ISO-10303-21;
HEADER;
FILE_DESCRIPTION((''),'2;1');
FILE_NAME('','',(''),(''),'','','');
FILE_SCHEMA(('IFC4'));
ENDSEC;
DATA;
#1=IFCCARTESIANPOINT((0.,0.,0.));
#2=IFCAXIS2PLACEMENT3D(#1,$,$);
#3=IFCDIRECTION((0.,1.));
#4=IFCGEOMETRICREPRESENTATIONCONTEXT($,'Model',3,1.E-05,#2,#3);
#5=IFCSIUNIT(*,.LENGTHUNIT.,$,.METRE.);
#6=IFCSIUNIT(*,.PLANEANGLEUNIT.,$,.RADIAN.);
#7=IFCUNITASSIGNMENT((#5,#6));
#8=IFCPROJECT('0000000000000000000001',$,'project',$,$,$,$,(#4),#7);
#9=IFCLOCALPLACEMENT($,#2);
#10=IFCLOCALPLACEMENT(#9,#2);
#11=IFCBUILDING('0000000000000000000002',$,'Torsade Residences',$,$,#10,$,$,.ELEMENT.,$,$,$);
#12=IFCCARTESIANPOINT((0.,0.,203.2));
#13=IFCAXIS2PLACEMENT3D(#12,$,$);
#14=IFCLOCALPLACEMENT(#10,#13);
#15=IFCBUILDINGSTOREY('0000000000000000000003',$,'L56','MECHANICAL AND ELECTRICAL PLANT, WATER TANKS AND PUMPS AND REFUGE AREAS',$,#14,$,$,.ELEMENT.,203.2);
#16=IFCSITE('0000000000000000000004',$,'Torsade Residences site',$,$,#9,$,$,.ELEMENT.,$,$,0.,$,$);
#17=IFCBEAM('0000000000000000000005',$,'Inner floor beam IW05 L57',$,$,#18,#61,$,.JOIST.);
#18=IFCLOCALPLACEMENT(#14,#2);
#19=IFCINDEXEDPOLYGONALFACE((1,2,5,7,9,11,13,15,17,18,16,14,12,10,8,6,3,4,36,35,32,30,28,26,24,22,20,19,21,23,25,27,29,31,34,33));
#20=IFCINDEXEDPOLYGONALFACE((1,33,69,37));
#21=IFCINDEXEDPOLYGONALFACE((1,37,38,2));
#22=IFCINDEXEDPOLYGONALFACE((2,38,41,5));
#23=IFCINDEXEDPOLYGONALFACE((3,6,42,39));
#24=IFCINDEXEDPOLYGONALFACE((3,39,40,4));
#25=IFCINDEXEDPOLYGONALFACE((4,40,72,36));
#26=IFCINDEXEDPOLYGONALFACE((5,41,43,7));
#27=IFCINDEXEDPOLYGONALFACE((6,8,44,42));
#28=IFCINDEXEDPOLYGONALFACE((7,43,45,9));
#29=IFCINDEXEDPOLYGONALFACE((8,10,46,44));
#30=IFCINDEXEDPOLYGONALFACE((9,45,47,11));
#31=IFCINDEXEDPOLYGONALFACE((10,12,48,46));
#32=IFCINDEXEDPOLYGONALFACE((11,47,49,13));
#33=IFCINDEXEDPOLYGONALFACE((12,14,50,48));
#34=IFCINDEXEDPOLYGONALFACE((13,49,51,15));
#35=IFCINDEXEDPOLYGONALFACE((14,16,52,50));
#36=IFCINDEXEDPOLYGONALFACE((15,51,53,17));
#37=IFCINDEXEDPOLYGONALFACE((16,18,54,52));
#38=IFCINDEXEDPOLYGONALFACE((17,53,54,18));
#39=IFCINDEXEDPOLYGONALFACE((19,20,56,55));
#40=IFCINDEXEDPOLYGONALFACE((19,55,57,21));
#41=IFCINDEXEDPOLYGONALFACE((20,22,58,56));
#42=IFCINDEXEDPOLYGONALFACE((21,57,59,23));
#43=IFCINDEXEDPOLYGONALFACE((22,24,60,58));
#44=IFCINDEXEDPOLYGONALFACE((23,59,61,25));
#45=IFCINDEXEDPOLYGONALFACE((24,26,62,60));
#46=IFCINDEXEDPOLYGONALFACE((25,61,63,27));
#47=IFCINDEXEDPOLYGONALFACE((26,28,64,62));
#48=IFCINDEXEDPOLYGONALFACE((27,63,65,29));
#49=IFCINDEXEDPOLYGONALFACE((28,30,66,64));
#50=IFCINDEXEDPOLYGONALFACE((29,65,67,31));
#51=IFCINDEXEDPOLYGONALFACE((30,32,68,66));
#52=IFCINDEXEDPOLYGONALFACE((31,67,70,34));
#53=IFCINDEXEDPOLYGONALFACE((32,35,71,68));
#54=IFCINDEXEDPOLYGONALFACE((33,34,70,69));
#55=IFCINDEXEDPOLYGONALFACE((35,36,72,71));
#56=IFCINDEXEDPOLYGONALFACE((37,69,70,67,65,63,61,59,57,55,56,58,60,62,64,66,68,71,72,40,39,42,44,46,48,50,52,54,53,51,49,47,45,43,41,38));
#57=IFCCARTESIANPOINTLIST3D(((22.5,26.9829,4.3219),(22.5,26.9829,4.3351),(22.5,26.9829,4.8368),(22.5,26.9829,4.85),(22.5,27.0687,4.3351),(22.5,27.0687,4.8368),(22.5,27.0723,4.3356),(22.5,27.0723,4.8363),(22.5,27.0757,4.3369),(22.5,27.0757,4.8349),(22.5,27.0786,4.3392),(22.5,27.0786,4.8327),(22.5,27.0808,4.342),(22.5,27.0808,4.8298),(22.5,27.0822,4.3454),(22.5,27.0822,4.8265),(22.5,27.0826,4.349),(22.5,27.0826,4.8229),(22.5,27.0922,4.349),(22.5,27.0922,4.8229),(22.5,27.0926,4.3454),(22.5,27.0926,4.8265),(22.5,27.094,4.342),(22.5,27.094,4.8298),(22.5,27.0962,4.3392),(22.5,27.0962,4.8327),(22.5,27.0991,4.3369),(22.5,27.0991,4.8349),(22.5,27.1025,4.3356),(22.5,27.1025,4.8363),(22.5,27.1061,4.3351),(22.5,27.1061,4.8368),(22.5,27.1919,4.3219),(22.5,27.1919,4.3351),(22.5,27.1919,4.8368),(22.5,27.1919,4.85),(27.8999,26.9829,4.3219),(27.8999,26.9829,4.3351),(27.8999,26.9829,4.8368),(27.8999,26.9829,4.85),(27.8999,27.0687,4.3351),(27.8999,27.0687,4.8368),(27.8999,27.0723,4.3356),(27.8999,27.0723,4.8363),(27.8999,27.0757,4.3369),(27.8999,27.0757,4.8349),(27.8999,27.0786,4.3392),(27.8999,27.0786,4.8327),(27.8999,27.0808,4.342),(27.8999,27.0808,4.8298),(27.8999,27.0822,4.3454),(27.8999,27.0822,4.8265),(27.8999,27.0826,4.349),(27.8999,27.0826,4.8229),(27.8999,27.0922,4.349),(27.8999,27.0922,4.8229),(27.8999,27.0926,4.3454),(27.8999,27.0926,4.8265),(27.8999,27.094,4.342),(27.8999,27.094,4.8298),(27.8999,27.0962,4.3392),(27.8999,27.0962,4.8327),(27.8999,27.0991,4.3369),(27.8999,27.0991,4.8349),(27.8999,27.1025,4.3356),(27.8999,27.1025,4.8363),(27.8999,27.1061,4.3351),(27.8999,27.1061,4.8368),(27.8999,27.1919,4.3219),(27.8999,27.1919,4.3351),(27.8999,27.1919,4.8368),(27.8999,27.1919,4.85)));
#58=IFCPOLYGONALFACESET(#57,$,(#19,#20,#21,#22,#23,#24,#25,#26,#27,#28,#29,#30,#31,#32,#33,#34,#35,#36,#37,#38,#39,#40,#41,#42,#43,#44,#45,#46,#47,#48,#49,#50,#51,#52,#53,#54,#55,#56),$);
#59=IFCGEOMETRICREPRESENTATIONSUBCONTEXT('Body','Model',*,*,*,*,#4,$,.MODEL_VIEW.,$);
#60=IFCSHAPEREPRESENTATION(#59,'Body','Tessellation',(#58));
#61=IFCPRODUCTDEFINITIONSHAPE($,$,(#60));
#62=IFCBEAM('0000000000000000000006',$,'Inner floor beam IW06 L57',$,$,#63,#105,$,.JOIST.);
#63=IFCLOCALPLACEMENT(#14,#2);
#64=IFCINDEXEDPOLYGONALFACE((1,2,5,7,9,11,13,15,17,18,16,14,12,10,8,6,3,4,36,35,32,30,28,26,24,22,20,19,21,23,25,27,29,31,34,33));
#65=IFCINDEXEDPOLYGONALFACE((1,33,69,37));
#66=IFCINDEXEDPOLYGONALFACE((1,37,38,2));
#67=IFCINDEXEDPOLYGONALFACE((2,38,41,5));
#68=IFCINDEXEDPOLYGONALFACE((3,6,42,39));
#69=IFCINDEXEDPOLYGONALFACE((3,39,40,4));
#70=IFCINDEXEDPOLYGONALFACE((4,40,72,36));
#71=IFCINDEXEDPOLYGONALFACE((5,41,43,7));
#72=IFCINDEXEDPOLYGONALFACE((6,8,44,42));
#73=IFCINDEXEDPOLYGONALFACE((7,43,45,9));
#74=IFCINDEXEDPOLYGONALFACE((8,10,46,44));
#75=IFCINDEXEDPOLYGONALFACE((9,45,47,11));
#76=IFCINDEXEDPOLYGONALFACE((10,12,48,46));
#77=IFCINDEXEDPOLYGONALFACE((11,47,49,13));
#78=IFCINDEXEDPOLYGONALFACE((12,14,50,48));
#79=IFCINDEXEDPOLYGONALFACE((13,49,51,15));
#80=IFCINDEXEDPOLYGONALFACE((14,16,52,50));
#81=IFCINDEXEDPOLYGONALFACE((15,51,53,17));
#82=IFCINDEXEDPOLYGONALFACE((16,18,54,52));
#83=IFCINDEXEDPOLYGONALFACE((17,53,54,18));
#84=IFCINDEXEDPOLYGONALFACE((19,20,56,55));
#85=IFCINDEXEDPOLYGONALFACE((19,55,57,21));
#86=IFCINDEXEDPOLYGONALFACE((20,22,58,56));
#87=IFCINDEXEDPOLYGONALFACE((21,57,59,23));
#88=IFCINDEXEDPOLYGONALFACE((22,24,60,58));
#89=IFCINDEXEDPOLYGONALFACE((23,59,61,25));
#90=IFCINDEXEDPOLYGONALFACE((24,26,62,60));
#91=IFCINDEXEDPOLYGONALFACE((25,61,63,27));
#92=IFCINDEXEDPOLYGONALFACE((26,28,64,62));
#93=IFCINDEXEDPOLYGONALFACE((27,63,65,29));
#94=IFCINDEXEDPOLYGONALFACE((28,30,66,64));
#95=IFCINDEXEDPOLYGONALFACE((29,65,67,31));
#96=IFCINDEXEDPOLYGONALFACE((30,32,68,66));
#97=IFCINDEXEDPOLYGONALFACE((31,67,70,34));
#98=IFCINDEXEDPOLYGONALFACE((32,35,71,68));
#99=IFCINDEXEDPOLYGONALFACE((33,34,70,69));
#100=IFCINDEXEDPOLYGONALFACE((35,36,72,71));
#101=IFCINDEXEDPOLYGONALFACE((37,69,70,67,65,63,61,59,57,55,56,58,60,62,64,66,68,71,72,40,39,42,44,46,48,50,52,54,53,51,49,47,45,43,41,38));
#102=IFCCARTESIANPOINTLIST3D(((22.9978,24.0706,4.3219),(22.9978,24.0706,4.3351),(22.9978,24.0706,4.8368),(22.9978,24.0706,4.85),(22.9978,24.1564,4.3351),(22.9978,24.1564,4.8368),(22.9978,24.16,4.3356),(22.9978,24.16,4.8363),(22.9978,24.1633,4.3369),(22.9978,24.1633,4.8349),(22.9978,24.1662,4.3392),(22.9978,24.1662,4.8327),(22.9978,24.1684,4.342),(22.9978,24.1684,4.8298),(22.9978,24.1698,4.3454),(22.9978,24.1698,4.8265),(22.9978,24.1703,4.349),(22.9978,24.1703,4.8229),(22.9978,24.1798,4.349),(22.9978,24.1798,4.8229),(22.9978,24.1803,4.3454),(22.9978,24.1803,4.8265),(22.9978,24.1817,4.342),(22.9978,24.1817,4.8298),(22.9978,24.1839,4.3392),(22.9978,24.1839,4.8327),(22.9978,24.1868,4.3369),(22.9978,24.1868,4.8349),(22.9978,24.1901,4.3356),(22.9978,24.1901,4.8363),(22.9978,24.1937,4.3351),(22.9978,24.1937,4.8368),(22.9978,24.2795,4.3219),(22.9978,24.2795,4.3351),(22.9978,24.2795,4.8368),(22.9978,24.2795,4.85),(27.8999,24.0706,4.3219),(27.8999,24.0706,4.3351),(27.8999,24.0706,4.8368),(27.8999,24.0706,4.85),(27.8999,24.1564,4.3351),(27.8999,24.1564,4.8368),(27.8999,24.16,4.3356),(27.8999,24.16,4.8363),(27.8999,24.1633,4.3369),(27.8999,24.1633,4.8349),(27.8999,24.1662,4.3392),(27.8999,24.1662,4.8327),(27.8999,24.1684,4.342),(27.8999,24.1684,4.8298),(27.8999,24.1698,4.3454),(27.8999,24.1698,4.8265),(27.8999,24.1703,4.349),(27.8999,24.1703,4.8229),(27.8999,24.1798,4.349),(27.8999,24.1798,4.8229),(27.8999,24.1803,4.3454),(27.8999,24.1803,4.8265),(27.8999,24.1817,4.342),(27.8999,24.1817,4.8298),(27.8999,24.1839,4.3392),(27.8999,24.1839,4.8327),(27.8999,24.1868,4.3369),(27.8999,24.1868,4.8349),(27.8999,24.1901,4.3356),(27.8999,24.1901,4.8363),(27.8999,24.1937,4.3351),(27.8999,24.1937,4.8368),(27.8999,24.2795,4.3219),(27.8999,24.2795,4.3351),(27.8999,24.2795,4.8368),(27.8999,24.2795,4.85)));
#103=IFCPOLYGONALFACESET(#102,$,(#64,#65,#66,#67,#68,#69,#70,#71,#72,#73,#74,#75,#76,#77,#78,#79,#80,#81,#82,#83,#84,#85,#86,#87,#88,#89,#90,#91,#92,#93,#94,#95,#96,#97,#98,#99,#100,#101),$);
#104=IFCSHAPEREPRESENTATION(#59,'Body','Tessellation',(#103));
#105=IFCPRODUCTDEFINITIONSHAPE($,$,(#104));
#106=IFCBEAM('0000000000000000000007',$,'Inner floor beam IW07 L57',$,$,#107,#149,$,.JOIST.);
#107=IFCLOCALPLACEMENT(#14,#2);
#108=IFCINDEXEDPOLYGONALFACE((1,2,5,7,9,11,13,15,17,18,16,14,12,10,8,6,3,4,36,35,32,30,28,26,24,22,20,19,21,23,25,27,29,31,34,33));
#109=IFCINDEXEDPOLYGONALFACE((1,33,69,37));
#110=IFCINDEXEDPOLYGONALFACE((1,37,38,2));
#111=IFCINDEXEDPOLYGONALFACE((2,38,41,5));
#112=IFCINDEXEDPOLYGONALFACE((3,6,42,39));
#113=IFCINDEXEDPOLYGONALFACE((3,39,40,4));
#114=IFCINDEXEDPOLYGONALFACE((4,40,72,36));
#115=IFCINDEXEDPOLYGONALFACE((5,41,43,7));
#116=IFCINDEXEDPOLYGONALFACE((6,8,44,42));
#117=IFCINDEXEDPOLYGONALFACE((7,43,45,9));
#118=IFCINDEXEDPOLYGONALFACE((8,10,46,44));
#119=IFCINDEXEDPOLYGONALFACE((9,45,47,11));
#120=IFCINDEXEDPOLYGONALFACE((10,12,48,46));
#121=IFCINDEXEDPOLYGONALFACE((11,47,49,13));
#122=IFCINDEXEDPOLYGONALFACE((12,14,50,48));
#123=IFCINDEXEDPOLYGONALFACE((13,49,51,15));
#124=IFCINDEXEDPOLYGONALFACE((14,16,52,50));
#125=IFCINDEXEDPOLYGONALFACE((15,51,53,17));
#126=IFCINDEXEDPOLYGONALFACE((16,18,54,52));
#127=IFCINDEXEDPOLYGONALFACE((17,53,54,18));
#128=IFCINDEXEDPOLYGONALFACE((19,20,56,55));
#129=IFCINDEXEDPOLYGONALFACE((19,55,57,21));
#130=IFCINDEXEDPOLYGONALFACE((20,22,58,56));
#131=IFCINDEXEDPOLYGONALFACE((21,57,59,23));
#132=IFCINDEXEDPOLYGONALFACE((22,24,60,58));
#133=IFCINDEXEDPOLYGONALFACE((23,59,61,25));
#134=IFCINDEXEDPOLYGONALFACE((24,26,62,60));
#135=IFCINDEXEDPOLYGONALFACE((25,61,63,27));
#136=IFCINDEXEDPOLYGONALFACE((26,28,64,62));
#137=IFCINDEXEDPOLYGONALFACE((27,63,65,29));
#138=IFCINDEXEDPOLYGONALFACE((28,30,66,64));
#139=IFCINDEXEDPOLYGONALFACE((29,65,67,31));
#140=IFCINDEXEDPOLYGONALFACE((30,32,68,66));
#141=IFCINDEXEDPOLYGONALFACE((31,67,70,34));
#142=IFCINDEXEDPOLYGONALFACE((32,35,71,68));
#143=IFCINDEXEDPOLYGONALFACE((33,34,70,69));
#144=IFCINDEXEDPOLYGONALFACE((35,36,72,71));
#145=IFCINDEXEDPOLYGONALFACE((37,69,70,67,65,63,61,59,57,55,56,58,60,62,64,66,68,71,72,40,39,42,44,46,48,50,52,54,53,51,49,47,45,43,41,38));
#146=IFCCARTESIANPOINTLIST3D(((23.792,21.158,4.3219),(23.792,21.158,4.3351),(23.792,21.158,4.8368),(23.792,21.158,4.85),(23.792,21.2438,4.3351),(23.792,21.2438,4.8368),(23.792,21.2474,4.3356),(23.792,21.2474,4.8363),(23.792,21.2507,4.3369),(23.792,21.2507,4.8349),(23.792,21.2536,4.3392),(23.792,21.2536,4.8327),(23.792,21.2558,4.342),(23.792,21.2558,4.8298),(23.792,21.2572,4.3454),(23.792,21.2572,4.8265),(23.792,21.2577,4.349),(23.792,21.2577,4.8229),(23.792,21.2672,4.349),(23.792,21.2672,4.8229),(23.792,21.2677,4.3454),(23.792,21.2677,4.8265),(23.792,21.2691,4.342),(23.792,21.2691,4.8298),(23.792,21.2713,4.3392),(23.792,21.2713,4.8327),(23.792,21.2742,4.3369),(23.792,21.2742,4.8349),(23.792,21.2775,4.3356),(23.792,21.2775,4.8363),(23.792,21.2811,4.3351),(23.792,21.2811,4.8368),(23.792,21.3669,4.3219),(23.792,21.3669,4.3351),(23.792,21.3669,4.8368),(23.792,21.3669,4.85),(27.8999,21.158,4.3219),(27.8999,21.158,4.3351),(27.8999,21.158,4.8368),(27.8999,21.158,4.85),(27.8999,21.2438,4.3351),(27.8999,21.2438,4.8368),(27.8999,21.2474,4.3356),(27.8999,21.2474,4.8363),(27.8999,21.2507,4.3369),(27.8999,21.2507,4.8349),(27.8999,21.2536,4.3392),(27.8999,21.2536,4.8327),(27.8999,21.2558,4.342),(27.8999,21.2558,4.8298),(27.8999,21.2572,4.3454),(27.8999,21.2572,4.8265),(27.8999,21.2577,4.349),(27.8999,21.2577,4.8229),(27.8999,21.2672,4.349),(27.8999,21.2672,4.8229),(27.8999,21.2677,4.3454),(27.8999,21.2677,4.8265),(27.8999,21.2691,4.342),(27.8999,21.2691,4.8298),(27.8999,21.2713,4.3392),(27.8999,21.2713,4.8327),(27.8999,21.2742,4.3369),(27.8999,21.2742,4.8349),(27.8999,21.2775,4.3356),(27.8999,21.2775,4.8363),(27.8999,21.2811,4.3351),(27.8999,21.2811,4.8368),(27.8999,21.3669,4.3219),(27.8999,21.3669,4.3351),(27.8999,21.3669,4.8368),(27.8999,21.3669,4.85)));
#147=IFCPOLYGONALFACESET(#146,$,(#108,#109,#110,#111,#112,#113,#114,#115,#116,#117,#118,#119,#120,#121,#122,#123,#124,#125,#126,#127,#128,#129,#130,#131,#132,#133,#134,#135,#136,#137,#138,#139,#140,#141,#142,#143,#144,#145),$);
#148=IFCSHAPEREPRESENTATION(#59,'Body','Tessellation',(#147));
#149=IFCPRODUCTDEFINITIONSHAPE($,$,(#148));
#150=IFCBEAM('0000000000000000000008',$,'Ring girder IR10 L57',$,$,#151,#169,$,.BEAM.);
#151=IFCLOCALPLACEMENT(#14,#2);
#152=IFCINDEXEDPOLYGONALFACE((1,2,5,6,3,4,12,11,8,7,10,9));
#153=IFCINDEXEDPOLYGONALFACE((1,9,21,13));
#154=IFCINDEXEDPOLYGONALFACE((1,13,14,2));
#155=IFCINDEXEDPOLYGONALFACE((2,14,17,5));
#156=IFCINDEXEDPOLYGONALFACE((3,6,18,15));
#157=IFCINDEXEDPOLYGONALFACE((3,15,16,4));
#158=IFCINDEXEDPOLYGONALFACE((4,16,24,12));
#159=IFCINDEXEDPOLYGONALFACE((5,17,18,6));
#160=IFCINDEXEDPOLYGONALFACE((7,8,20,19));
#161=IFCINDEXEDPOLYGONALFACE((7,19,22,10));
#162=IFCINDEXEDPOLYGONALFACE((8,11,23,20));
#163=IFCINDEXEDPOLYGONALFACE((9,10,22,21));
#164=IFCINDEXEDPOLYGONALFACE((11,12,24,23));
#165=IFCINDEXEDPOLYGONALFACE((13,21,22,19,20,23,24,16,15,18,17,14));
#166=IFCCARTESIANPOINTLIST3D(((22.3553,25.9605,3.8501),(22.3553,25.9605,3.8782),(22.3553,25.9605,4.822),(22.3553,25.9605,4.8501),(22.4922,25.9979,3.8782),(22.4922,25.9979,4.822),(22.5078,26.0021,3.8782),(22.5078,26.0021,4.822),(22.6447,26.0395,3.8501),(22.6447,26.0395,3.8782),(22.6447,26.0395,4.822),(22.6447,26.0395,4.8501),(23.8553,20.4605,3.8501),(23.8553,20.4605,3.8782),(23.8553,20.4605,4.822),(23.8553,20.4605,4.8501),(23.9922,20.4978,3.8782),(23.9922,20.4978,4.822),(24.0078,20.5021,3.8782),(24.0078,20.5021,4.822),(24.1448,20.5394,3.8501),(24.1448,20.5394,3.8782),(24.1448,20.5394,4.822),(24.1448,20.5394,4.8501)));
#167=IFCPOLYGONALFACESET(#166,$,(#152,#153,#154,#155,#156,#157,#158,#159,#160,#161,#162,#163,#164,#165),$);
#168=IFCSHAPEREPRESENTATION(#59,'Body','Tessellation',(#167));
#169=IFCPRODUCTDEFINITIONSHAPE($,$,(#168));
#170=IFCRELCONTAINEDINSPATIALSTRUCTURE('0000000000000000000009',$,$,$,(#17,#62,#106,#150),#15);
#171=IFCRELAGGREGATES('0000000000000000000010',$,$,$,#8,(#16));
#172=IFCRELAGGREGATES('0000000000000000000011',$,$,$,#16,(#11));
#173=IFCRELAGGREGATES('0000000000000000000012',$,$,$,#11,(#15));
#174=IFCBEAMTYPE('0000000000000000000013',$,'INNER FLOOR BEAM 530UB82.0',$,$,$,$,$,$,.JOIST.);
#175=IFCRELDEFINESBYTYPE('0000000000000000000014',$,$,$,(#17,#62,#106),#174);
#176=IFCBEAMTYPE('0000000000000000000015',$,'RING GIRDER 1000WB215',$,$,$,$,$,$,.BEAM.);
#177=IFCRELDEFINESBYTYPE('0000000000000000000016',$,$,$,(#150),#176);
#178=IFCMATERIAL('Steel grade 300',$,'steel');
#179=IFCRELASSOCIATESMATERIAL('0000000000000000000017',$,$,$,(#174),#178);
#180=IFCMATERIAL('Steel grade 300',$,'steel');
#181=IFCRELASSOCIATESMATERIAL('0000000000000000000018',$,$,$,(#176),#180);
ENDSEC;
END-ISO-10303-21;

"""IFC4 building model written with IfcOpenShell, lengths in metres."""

from ifc_helpers import new_model, si_unit, direction, frame, origin, origin_2d, place, context, subcontext, project, spatial, i_section, extrude, material, material_profile, profile_set, type_object, element, save


model = new_model("IFC4")

# Units and contexts
model_context = context("Model", 3, precision=1e-05, world=origin(), true_north=direction((0.0, 1.0)))
body_context = subcontext(model_context, "Body", "Model", "MODEL_VIEW")
ifc_project = project(units=[si_unit("LENGTHUNIT", "METRE"), si_unit("PLANEANGLEUNIT", "RADIAN")], contexts=[model_context])

# Site, building, storey
site_placement = place(None, origin())
site = spatial("IfcSite", under=ifc_project, at=site_placement, Name="Torsade Residences site", CompositionType="ELEMENT", RefElevation=0.0)
building_placement = place(site_placement, origin())
building = spatial("IfcBuilding", under=site, at=building_placement, Name="Torsade Residences", CompositionType="ELEMENT")
storey_placement = place(building_placement, frame((0.0, 0.0, 203.2)))
storey = spatial("IfcBuildingStorey", under=building, at=storey_placement, Name="L56", Description="MECHANICAL AND ELECTRICAL PLANT, WATER TANKS AND PUMPS AND REFUGE AREAS", CompositionType="ELEMENT", Elevation=203.2)

# Beams
ifc_material_1 = material(Name="Steel grade 300", Category="steel")
ifc_material_profile_1 = material_profile(ifc_material_1, i_section(OverallWidth=0.209, OverallDepth=0.5281, WebThickness=0.0095, FlangeThickness=0.0132, FilletRadius=0.0139, at=origin_2d()), Name="530UB82.0")
ifc_profile_set_1 = profile_set([ifc_material_profile_1], Name="Steel grade 300")
beam_type_1 = type_object("IfcBeamType", Name="INNER FLOOR BEAM 530UB82.0", PredefinedType="JOIST", material=ifc_profile_set_1)
for number, where, z_axis, x_axis, name in (
    (1, (27.8999, 27.0874, 4.5859), (-1.0, 0.0, 0.0), (0.0, -1.0, 0.0), "Inner floor beam IW05 L57"),
):
    element("IfcBeam", number, at=place(storey_placement, frame(where, z_axis=z_axis, x_axis=x_axis)), inside=storey, type_object=beam_type_1, Name=name, PredefinedType="JOIST", context=body_context, shape_type="SweptSolid", body=[
        extrude(i_section(OverallWidth=0.209, OverallDepth=0.5281, WebThickness=0.0095, FlangeThickness=0.0132, FilletRadius=0.0139, at=origin_2d()), origin(), (0.0, 0.0, 1.0), 5.3999),
    ])
beam_1_placement = place(storey_placement, frame((27.8999, 24.175, 4.5859), z_axis=(-1.0, 0.0, 0.0), x_axis=(0.0, -1.0, 0.0)))
element("IfcBeam", 2, at=beam_1_placement, inside=storey, type_object=beam_type_1, Name="Inner floor beam IW06 L57", PredefinedType="JOIST", context=body_context, shape_type="SweptSolid", body=[
    extrude(i_section(OverallWidth=0.209, OverallDepth=0.5281, WebThickness=0.0095, FlangeThickness=0.0132, FilletRadius=0.0139, at=origin_2d()), origin(), (0.0, 0.0, 1.0), 4.9021),
])
beam_2_placement = place(storey_placement, frame((27.8999, 21.2625, 4.5859), z_axis=(-1.0, 0.0, 0.0), x_axis=(0.0, -1.0, 0.0)))
element("IfcBeam", 3, at=beam_2_placement, inside=storey, type_object=beam_type_1, Name="Inner floor beam IW07 L57", PredefinedType="JOIST", context=body_context, shape_type="SweptSolid", body=[
    extrude(i_section(OverallWidth=0.209, OverallDepth=0.5281, WebThickness=0.0095, FlangeThickness=0.0132, FilletRadius=0.0139, at=origin_2d()), origin(), (0.0, 0.0, 1.0), 4.1079),
])
ifc_material_2 = material(Name="Steel grade 300", Category="steel")
ifc_material_profile_2 = material_profile(ifc_material_2, i_section(OverallWidth=0.3, OverallDepth=1.0, WebThickness=0.0161, FlangeThickness=0.0281, at=origin_2d()), Name="1000WB215")
ifc_profile_set_2 = profile_set([ifc_material_profile_2], Name="Steel grade 300")
beam_type_2 = type_object("IfcBeamType", Name="RING GIRDER 1000WB215", PredefinedType="BEAM", material=ifc_profile_set_2)
beam_3_placement = place(storey_placement, frame((22.5, 26.0, 4.3501), z_axis=(0.263117, -0.964764, 0.0), x_axis=(0.964764, 0.263117, 0.0)))
element("IfcBeam", 4, at=beam_3_placement, inside=storey, type_object=beam_type_2, Name="Ring girder IR10 L57", PredefinedType="BEAM", context=body_context, shape_type="SweptSolid", body=[
    extrude(i_section(OverallWidth=0.3, OverallDepth=1.0, WebThickness=0.0161, FlangeThickness=0.0281, at=origin_2d()), origin(), (0.0, 0.0, 1.0), 5.7009),
])

save(model, "model.ifc")
